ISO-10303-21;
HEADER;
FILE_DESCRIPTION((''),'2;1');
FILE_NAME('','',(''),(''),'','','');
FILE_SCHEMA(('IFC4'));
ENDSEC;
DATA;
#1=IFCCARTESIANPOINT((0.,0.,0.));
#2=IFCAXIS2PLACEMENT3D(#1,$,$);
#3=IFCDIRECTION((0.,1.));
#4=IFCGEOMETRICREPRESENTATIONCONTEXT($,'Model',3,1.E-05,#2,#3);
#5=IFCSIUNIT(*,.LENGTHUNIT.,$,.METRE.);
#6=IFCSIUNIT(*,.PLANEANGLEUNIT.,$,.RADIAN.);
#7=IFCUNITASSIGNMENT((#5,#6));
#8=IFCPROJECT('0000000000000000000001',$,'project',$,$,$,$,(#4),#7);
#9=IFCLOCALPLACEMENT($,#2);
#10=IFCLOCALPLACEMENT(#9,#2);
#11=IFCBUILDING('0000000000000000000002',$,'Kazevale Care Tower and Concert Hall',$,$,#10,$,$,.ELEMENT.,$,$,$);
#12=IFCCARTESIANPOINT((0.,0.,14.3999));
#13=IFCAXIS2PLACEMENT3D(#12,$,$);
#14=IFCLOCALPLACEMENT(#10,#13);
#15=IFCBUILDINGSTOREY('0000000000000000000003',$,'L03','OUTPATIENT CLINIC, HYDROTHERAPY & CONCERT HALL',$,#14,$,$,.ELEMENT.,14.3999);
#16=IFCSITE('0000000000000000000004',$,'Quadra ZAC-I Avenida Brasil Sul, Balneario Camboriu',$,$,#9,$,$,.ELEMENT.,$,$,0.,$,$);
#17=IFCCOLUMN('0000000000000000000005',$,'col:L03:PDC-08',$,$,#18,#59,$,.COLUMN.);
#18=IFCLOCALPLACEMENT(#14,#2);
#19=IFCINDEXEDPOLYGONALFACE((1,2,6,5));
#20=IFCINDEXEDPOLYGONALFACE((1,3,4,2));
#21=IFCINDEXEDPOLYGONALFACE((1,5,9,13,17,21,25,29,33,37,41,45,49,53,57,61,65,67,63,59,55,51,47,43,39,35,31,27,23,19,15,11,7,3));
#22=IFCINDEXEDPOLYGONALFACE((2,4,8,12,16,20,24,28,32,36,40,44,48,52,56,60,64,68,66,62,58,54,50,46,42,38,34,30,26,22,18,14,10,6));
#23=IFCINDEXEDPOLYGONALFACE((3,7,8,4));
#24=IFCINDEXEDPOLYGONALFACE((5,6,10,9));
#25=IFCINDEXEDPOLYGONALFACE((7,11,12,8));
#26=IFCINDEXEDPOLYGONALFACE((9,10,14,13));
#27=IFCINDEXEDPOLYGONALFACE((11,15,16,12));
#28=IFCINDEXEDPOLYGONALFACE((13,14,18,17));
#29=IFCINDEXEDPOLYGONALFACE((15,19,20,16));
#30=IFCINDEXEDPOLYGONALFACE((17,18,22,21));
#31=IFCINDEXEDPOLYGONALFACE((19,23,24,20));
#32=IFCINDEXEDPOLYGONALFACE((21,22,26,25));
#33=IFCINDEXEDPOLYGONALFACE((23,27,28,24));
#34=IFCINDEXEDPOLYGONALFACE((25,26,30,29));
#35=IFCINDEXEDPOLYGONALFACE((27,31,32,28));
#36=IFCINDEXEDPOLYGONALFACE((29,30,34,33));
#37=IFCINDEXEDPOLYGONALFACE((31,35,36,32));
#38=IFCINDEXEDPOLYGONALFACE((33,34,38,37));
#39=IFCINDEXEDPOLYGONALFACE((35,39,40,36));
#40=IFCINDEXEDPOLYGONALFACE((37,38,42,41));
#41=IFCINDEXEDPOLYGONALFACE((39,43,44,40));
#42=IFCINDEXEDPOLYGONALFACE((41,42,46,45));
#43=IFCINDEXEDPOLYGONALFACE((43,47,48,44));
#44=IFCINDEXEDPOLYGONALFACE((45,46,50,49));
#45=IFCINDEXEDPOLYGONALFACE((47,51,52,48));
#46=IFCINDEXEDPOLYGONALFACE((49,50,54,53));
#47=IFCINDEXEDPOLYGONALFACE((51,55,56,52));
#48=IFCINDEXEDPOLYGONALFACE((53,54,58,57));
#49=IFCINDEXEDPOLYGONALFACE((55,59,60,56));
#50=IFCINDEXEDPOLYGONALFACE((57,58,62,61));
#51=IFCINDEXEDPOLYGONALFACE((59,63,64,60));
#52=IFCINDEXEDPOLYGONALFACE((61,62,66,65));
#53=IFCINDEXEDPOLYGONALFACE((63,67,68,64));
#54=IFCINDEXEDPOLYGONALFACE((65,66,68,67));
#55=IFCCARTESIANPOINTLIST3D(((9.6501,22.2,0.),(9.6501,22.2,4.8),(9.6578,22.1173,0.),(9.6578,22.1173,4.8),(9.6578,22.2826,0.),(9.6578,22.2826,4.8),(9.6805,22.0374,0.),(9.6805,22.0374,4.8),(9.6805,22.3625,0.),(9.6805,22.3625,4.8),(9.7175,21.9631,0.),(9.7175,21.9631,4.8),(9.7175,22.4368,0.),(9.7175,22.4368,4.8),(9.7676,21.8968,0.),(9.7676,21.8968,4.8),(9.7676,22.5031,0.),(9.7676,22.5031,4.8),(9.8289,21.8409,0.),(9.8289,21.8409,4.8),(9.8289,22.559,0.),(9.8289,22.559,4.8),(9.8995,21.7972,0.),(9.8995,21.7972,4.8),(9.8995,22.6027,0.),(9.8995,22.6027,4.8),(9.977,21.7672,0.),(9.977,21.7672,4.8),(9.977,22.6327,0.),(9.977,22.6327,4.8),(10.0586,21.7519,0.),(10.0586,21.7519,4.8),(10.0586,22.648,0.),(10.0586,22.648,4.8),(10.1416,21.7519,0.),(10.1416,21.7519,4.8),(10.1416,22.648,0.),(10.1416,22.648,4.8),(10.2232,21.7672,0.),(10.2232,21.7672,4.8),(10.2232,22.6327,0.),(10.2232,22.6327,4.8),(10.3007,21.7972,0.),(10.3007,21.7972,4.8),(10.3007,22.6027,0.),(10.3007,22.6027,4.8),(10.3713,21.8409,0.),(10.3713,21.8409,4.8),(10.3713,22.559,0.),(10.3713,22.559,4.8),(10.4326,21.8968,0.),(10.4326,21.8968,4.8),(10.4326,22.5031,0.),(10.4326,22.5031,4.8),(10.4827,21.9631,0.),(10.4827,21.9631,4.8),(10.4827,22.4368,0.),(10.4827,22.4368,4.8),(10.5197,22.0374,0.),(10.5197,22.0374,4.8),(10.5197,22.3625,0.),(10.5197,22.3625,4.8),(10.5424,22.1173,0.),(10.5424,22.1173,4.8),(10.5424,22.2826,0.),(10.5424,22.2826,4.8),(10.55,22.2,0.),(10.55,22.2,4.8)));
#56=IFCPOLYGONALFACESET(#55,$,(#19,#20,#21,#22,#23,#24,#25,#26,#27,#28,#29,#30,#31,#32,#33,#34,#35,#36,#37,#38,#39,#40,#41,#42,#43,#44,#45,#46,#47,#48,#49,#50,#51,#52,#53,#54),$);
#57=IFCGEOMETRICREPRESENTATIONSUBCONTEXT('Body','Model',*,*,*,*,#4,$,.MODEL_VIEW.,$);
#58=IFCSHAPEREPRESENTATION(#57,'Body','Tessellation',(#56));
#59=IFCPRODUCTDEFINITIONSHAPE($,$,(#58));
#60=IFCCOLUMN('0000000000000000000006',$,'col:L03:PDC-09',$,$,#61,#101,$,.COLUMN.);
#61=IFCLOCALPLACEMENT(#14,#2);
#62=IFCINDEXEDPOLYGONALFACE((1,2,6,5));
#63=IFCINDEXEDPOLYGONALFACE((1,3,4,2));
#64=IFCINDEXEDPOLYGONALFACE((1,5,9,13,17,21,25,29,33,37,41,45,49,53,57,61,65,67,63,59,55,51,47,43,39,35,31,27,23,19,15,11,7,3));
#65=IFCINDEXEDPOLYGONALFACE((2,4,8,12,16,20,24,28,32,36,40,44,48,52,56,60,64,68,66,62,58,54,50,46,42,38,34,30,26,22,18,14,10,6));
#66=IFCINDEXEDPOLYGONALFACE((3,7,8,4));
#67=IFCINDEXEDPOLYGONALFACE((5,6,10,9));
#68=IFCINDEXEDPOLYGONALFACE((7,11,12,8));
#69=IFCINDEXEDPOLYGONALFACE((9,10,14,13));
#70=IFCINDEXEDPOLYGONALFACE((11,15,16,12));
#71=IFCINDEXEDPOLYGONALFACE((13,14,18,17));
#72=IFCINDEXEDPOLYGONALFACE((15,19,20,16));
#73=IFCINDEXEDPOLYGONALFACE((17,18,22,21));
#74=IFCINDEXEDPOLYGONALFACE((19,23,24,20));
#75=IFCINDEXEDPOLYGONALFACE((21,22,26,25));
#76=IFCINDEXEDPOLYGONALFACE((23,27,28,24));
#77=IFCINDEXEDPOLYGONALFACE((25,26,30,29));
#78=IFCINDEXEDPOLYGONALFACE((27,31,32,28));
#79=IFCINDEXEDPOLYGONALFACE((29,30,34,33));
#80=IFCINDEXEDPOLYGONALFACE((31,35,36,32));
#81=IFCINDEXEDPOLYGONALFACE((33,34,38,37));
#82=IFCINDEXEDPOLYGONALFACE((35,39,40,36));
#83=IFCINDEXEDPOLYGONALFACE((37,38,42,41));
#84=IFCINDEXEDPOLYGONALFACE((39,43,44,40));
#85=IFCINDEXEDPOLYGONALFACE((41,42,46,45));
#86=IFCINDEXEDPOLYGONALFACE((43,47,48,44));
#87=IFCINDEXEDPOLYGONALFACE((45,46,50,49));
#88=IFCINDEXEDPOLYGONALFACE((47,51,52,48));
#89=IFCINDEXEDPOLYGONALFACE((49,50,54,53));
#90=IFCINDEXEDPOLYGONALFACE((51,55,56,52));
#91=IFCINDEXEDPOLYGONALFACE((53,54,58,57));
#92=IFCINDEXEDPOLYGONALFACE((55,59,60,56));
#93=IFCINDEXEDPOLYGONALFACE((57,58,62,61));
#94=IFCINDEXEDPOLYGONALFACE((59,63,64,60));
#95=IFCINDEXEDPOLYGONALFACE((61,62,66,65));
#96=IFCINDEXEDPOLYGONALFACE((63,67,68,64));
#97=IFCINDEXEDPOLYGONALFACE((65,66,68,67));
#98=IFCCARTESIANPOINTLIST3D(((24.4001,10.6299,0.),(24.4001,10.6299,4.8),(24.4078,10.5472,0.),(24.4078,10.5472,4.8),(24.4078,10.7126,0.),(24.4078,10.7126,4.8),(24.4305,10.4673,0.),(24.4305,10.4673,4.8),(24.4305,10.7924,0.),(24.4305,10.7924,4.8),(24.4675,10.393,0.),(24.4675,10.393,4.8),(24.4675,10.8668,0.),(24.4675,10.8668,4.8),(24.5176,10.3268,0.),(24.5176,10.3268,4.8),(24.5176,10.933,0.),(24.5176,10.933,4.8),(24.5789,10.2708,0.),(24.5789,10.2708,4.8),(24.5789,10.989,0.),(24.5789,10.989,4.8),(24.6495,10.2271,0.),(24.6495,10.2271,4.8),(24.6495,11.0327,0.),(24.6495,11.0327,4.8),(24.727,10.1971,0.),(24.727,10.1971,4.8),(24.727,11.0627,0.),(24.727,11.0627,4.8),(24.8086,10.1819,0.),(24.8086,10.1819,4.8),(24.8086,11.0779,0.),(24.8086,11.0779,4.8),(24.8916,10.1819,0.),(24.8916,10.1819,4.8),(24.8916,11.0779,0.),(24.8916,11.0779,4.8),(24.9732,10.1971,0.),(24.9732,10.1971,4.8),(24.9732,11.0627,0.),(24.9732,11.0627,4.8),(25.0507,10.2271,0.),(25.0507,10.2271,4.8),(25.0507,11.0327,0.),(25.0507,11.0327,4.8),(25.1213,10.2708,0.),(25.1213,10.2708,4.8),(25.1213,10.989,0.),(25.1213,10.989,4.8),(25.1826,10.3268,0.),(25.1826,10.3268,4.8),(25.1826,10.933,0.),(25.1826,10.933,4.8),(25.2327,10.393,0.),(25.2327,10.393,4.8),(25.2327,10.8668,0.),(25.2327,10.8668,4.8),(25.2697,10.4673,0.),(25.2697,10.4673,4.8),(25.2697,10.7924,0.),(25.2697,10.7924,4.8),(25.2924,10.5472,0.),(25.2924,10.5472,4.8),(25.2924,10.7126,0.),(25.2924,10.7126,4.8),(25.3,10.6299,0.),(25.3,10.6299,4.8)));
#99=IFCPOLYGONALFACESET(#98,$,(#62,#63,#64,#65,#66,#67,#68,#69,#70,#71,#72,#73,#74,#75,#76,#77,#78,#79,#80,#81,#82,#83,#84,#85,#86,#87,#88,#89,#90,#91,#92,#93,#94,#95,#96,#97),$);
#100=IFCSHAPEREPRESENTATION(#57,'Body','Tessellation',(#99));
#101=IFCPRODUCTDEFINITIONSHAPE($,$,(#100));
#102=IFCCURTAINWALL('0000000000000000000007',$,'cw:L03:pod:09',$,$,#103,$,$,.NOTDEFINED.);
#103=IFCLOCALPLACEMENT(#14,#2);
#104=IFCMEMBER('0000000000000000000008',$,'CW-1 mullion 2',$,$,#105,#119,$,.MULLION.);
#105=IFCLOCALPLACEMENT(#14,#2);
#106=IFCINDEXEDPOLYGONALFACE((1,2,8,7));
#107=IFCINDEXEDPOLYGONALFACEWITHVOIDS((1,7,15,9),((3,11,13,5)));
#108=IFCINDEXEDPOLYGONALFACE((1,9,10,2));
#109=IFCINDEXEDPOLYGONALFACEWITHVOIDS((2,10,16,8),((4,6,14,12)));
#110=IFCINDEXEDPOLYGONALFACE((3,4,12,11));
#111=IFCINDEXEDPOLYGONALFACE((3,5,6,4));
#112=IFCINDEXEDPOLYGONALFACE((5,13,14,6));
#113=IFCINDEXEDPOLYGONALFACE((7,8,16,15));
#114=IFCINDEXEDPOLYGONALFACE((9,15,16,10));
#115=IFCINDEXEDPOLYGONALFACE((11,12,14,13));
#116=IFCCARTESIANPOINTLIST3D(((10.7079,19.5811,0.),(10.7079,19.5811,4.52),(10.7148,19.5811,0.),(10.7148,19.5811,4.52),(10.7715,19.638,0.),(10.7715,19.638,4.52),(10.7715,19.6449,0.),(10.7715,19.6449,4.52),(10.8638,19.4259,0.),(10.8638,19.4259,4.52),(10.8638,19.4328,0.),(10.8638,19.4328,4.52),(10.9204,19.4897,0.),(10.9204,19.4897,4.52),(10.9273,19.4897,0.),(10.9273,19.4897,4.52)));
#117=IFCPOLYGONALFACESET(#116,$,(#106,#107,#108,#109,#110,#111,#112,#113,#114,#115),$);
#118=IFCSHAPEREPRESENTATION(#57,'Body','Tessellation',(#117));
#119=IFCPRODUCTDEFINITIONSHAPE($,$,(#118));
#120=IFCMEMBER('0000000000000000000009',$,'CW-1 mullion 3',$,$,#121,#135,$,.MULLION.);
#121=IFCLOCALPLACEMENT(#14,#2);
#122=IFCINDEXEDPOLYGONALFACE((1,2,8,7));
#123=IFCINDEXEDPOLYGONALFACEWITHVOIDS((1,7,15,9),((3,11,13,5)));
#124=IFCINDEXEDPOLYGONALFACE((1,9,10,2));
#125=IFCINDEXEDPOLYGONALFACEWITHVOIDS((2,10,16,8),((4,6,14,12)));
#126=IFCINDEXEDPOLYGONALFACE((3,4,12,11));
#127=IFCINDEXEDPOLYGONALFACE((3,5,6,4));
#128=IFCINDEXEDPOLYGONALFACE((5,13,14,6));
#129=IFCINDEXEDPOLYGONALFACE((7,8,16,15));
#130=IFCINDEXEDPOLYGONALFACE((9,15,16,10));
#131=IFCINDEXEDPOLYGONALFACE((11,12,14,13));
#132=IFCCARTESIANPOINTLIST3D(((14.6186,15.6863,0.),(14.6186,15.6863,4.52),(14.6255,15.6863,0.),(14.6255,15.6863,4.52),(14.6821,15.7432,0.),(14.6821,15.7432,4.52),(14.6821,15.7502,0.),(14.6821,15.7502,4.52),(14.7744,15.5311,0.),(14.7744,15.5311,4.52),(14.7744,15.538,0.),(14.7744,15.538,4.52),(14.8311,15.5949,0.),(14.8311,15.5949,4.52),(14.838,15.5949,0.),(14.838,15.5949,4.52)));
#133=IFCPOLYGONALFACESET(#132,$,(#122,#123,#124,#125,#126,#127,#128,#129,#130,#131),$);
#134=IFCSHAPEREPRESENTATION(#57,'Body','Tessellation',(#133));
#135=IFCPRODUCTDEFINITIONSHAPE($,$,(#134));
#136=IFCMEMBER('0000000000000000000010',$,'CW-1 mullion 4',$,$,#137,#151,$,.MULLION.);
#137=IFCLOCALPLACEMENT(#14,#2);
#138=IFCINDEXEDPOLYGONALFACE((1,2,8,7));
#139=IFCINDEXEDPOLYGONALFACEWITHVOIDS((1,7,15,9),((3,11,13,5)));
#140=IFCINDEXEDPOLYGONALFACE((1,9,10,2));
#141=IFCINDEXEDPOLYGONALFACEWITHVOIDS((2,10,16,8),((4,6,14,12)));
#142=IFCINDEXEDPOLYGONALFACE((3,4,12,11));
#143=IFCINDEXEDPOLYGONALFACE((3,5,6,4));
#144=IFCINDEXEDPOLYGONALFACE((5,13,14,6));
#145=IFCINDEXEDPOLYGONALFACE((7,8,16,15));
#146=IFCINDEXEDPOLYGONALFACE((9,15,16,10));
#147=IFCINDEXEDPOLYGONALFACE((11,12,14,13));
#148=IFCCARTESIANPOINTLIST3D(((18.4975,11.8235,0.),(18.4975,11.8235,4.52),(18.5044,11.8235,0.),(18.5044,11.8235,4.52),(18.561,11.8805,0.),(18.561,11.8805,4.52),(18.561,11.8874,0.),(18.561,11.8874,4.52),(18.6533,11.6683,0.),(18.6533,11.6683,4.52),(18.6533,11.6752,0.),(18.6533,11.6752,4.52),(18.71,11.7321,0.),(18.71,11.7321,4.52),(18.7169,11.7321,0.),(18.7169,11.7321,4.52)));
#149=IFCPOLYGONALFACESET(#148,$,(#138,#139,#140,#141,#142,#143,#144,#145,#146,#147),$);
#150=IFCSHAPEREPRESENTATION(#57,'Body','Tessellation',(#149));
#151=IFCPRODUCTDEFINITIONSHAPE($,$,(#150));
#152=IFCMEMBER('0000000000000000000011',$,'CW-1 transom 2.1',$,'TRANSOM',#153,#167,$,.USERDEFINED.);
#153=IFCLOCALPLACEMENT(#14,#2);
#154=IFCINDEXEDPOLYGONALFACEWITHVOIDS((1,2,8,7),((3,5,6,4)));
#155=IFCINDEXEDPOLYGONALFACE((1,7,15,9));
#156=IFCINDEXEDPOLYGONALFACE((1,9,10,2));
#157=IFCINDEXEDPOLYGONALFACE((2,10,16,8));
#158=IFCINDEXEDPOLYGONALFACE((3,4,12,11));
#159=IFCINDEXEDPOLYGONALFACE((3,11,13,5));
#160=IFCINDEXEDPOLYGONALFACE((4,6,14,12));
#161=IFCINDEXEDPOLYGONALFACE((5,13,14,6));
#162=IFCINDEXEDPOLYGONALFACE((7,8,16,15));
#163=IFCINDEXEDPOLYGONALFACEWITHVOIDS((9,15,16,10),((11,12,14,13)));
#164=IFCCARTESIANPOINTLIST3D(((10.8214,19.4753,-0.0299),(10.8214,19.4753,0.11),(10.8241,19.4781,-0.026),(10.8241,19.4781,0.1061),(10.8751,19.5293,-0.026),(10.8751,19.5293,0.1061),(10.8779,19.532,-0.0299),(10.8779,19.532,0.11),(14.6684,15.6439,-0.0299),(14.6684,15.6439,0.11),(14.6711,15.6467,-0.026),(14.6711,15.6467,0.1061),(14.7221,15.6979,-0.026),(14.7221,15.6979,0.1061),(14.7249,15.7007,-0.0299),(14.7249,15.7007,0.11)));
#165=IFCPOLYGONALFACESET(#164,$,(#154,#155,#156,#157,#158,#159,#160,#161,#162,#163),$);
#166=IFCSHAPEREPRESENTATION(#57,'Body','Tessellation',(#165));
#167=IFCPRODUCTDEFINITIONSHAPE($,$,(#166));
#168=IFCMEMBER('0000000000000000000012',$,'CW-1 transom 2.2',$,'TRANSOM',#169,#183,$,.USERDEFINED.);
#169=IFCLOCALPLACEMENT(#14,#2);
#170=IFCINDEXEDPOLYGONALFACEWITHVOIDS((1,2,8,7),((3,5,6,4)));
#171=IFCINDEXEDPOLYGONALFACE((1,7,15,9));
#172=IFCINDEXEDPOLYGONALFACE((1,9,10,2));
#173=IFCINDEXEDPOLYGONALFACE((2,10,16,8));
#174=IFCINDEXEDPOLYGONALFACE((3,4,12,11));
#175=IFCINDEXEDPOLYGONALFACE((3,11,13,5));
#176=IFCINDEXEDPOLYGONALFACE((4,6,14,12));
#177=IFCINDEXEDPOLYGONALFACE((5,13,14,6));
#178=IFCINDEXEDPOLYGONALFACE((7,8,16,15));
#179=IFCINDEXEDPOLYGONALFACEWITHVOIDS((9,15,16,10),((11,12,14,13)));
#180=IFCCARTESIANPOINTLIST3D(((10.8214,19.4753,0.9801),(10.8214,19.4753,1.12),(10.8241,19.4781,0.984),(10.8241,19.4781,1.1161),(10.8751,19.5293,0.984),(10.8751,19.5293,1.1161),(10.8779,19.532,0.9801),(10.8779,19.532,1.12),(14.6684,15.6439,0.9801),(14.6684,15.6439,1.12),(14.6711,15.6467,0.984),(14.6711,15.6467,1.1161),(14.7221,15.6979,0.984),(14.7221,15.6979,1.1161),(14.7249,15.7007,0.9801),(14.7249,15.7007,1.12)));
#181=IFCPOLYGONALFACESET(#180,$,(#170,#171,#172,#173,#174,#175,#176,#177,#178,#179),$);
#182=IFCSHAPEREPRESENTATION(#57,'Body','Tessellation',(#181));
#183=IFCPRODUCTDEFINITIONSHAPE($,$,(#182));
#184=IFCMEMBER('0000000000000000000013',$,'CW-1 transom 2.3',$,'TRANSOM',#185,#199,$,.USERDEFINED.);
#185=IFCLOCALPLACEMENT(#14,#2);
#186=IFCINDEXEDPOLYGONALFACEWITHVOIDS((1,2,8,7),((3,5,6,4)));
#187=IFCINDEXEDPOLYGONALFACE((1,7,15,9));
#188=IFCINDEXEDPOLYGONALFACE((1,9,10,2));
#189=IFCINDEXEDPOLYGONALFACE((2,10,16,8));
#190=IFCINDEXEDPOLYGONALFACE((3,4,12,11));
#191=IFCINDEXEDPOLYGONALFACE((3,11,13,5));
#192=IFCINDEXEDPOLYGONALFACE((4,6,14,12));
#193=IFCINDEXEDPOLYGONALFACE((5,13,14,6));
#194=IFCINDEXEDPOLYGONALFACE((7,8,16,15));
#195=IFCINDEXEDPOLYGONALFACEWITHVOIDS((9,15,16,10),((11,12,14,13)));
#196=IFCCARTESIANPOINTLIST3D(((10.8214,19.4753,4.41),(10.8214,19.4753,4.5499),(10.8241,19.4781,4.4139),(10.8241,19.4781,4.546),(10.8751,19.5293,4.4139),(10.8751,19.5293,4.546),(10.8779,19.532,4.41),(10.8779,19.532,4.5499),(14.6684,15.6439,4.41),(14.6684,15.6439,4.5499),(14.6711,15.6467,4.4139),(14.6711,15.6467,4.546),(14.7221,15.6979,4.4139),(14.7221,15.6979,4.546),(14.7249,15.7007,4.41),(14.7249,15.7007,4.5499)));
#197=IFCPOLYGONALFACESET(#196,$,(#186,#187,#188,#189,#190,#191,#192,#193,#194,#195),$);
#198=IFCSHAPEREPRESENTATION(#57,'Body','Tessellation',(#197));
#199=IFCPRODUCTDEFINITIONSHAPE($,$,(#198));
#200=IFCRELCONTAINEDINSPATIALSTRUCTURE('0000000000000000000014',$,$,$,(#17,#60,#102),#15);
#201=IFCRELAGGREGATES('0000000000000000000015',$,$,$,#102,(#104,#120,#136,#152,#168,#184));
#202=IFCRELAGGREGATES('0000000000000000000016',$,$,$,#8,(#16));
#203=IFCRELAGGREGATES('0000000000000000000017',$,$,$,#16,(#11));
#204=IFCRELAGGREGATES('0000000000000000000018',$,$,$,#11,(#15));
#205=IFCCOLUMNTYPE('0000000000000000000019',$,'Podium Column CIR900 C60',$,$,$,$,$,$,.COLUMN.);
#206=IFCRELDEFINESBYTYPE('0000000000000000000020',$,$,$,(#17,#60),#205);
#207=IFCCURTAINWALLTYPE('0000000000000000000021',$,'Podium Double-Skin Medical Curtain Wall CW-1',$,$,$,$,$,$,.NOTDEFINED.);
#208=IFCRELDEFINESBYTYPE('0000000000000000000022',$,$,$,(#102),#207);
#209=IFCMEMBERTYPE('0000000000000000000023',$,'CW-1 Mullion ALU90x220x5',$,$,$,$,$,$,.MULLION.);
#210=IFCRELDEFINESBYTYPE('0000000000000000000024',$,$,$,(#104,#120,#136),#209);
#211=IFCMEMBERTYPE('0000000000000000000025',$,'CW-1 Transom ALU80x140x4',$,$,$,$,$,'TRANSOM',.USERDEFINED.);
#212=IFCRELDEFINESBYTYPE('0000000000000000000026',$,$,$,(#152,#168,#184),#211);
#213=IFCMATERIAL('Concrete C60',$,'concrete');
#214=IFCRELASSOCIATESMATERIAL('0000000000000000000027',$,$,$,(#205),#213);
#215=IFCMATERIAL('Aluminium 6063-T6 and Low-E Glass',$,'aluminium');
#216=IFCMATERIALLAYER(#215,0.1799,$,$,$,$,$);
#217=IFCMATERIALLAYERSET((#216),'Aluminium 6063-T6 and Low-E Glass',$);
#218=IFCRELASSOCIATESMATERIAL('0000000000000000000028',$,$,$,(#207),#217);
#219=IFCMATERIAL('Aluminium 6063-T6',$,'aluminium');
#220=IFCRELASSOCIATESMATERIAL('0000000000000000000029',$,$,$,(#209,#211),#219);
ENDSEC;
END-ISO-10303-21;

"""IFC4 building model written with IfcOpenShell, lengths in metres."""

from ifc_helpers import new_model, si_unit, direction, frame, origin, origin_2d, place, context, subcontext, project, spatial, hollow_rectangle, circle, extrude, material, layer, layer_set, material_profile, profile_set, type_object, element, aggregate, save


model = new_model("IFC4")

# Units and contexts
model_context = context("Model", 3, precision=1e-05, world=origin(), true_north=direction((0.0, 1.0)))
body_context = subcontext(model_context, "Body", "Model", "MODEL_VIEW")
ifc_project = project(units=[si_unit("LENGTHUNIT", "METRE"), si_unit("PLANEANGLEUNIT", "RADIAN")], contexts=[model_context])

# Site, building, storey
site_placement = place(None, origin())
site = spatial("IfcSite", under=ifc_project, at=site_placement, Name="Quadra ZAC-I Avenida Brasil Sul, Balneario Camboriu", CompositionType="ELEMENT", RefElevation=0.0)
building_placement = place(site_placement, origin())
building = spatial("IfcBuilding", under=site, at=building_placement, Name="Kazevale Care Tower and Concert Hall", CompositionType="ELEMENT")
storey_placement = place(building_placement, frame((0.0, 0.0, 14.3999)))
storey = spatial("IfcBuildingStorey", under=building, at=storey_placement, Name="L03", Description="OUTPATIENT CLINIC, HYDROTHERAPY & CONCERT HALL", CompositionType="ELEMENT", Elevation=14.3999)

# Columns
ifc_material_1 = material(Name="Concrete C60", Category="concrete")
ifc_material_profile_1 = material_profile(ifc_material_1, circle(Radius=0.45, at=origin_2d()), Name="RC-CIR900")
ifc_profile_set_1 = profile_set([ifc_material_profile_1], Name="Concrete C60")
column_type = type_object("IfcColumnType", Name="Podium Column CIR900 C60", PredefinedType="COLUMN", material=ifc_profile_set_1)
for number, where, z_axis, x_axis, name in (
    (1, (10.1001, 22.2, 0.0), (0.0, 0.0, 1.0), (1.0, 0.0, 0.0), "col:L03:PDC-08"),
    (2, (24.8501, 10.6299, 0.0), (0.0, 0.0, 1.0), (1.0, 0.0, 0.0), "col:L03:PDC-09"),
):
    element("IfcColumn", number, at=place(storey_placement, frame(where, z_axis=z_axis, x_axis=x_axis)), inside=storey, type_object=column_type, Name=name, PredefinedType="COLUMN", context=body_context, shape_type="SweptSolid", body=[
        extrude(circle(Radius=0.45, at=origin_2d()), origin(), (0.0, 0.0, 1.0), 4.8),
    ])

# Curtain wall, members
ifc_material_2 = material(Name="Aluminium 6063-T6 and Low-E Glass", Category="aluminium")
ifc_layer_1 = layer(ifc_material_2, 0.1799)
ifc_layer_set_1 = layer_set([ifc_layer_1], Name="Aluminium 6063-T6 and Low-E Glass")
curtain_wall_type = type_object("IfcCurtainWallType", Name="Podium Double-Skin Medical Curtain Wall CW-1", PredefinedType="NOTDEFINED", material=ifc_layer_set_1)
curtain_wall_placement = place(storey_placement, origin())
curtain_wall = element("IfcCurtainWall", 3, at=curtain_wall_placement, inside=storey, type_object=curtain_wall_type, Name="cw:L03:pod:09", PredefinedType="NOTDEFINED")
ifc_material_3 = material(Name="Aluminium 6063-T6", Category="aluminium")
ifc_material_profile_2 = material_profile(ifc_material_3, hollow_rectangle(XDim=0.0901, YDim=0.22, WallThickness=0.0049, at=origin_2d()), Name="ALU90x220x5")
ifc_profile_set_2 = profile_set([ifc_material_profile_2], Name="Aluminium 6063-T6")
member_type_1 = type_object("IfcMemberType", Name="CW-1 Mullion ALU90x220x5", PredefinedType="MULLION", material=ifc_profile_set_2)
member_1_placement = place(storey_placement, frame((10.8176, 19.5354, 0.0), z_axis=(0.0, 0.0, 1.0), x_axis=(0.705656, 0.708555, 0.0)))
member_1 = element("IfcMember", 4, at=member_1_placement, type_object=member_type_1, Name="CW-1 mullion 2", PredefinedType="MULLION", context=body_context, shape_type="SweptSolid", body=[
    extrude(hollow_rectangle(XDim=0.0901, YDim=0.22, WallThickness=0.0049, at=origin_2d()), origin(), (0.0, 0.0, 1.0), 4.52),
])
member_2_placement = place(storey_placement, frame((14.7283, 15.6406, 0.0), z_axis=(0.0, 0.0, 1.0), x_axis=(0.705656, 0.708555, 0.0)))
member_2 = element("IfcMember", 5, at=member_2_placement, type_object=member_type_1, Name="CW-1 mullion 3", PredefinedType="MULLION", context=body_context, shape_type="SweptSolid", body=[
    extrude(hollow_rectangle(XDim=0.0901, YDim=0.22, WallThickness=0.0049, at=origin_2d()), origin(), (0.0, 0.0, 1.0), 4.52),
])
member_3_placement = place(storey_placement, frame((18.6072, 11.7778, 0.0), z_axis=(0.0, 0.0, 1.0), x_axis=(0.705656, 0.708555, 0.0)))
member_3 = element("IfcMember", 6, at=member_3_placement, type_object=member_type_1, Name="CW-1 mullion 4", PredefinedType="MULLION", context=body_context, shape_type="SweptSolid", body=[
    extrude(hollow_rectangle(XDim=0.0901, YDim=0.22, WallThickness=0.0049, at=origin_2d()), origin(), (0.0, 0.0, 1.0), 4.52),
])
ifc_material_profile_3 = material_profile(ifc_material_3, hollow_rectangle(XDim=0.0801, YDim=0.1399, WallThickness=0.0039, at=origin_2d()), Name="ALU80x140x4")
ifc_profile_set_3 = profile_set([ifc_material_profile_3], Name="Aluminium 6063-T6")
member_type_2 = type_object("IfcMemberType", Name="CW-1 Transom ALU80x140x4", ElementType="TRANSOM", PredefinedType="USERDEFINED", material=ifc_profile_set_3)
member_4_placement = place(storey_placement, frame((10.8496, 19.5037, 0.04), z_axis=(0.708544, -0.705666, 0.0), x_axis=(0.705666, 0.708544, 0.0)))
member_4 = element("IfcMember", 7, at=member_4_placement, type_object=member_type_2, Name="CW-1 transom 2.1", ObjectType="TRANSOM", PredefinedType="USERDEFINED", context=body_context, shape_type="SweptSolid", body=[
    extrude(hollow_rectangle(XDim=0.0801, YDim=0.1399, WallThickness=0.0039, at=origin_2d()), origin(), (0.0, 0.0, 1.0), 5.4294),
])
member_5_placement = place(storey_placement, frame((10.8496, 19.5037, 1.05), z_axis=(0.708544, -0.705666, 0.0), x_axis=(0.705666, 0.708544, 0.0)))
member_5 = element("IfcMember", 8, at=member_5_placement, type_object=member_type_2, Name="CW-1 transom 2.2", ObjectType="TRANSOM", PredefinedType="USERDEFINED", context=body_context, shape_type="SweptSolid", body=[
    extrude(hollow_rectangle(XDim=0.0801, YDim=0.1399, WallThickness=0.0039, at=origin_2d()), origin(), (0.0, 0.0, 1.0), 5.4294),
])
member_6_placement = place(storey_placement, frame((10.8496, 19.5037, 4.48), z_axis=(0.708544, -0.705666, 0.0), x_axis=(0.705666, 0.708544, 0.0)))
member_6 = element("IfcMember", 9, at=member_6_placement, type_object=member_type_2, Name="CW-1 transom 2.3", ObjectType="TRANSOM", PredefinedType="USERDEFINED", context=body_context, shape_type="SweptSolid", body=[
    extrude(hollow_rectangle(XDim=0.0801, YDim=0.1399, WallThickness=0.0039, at=origin_2d()), origin(), (0.0, 0.0, 1.0), 5.4294),
])

aggregate(curtain_wall, [member_1, member_2, member_3, member_4, member_5, member_6])

save(model, "model.ifc")
